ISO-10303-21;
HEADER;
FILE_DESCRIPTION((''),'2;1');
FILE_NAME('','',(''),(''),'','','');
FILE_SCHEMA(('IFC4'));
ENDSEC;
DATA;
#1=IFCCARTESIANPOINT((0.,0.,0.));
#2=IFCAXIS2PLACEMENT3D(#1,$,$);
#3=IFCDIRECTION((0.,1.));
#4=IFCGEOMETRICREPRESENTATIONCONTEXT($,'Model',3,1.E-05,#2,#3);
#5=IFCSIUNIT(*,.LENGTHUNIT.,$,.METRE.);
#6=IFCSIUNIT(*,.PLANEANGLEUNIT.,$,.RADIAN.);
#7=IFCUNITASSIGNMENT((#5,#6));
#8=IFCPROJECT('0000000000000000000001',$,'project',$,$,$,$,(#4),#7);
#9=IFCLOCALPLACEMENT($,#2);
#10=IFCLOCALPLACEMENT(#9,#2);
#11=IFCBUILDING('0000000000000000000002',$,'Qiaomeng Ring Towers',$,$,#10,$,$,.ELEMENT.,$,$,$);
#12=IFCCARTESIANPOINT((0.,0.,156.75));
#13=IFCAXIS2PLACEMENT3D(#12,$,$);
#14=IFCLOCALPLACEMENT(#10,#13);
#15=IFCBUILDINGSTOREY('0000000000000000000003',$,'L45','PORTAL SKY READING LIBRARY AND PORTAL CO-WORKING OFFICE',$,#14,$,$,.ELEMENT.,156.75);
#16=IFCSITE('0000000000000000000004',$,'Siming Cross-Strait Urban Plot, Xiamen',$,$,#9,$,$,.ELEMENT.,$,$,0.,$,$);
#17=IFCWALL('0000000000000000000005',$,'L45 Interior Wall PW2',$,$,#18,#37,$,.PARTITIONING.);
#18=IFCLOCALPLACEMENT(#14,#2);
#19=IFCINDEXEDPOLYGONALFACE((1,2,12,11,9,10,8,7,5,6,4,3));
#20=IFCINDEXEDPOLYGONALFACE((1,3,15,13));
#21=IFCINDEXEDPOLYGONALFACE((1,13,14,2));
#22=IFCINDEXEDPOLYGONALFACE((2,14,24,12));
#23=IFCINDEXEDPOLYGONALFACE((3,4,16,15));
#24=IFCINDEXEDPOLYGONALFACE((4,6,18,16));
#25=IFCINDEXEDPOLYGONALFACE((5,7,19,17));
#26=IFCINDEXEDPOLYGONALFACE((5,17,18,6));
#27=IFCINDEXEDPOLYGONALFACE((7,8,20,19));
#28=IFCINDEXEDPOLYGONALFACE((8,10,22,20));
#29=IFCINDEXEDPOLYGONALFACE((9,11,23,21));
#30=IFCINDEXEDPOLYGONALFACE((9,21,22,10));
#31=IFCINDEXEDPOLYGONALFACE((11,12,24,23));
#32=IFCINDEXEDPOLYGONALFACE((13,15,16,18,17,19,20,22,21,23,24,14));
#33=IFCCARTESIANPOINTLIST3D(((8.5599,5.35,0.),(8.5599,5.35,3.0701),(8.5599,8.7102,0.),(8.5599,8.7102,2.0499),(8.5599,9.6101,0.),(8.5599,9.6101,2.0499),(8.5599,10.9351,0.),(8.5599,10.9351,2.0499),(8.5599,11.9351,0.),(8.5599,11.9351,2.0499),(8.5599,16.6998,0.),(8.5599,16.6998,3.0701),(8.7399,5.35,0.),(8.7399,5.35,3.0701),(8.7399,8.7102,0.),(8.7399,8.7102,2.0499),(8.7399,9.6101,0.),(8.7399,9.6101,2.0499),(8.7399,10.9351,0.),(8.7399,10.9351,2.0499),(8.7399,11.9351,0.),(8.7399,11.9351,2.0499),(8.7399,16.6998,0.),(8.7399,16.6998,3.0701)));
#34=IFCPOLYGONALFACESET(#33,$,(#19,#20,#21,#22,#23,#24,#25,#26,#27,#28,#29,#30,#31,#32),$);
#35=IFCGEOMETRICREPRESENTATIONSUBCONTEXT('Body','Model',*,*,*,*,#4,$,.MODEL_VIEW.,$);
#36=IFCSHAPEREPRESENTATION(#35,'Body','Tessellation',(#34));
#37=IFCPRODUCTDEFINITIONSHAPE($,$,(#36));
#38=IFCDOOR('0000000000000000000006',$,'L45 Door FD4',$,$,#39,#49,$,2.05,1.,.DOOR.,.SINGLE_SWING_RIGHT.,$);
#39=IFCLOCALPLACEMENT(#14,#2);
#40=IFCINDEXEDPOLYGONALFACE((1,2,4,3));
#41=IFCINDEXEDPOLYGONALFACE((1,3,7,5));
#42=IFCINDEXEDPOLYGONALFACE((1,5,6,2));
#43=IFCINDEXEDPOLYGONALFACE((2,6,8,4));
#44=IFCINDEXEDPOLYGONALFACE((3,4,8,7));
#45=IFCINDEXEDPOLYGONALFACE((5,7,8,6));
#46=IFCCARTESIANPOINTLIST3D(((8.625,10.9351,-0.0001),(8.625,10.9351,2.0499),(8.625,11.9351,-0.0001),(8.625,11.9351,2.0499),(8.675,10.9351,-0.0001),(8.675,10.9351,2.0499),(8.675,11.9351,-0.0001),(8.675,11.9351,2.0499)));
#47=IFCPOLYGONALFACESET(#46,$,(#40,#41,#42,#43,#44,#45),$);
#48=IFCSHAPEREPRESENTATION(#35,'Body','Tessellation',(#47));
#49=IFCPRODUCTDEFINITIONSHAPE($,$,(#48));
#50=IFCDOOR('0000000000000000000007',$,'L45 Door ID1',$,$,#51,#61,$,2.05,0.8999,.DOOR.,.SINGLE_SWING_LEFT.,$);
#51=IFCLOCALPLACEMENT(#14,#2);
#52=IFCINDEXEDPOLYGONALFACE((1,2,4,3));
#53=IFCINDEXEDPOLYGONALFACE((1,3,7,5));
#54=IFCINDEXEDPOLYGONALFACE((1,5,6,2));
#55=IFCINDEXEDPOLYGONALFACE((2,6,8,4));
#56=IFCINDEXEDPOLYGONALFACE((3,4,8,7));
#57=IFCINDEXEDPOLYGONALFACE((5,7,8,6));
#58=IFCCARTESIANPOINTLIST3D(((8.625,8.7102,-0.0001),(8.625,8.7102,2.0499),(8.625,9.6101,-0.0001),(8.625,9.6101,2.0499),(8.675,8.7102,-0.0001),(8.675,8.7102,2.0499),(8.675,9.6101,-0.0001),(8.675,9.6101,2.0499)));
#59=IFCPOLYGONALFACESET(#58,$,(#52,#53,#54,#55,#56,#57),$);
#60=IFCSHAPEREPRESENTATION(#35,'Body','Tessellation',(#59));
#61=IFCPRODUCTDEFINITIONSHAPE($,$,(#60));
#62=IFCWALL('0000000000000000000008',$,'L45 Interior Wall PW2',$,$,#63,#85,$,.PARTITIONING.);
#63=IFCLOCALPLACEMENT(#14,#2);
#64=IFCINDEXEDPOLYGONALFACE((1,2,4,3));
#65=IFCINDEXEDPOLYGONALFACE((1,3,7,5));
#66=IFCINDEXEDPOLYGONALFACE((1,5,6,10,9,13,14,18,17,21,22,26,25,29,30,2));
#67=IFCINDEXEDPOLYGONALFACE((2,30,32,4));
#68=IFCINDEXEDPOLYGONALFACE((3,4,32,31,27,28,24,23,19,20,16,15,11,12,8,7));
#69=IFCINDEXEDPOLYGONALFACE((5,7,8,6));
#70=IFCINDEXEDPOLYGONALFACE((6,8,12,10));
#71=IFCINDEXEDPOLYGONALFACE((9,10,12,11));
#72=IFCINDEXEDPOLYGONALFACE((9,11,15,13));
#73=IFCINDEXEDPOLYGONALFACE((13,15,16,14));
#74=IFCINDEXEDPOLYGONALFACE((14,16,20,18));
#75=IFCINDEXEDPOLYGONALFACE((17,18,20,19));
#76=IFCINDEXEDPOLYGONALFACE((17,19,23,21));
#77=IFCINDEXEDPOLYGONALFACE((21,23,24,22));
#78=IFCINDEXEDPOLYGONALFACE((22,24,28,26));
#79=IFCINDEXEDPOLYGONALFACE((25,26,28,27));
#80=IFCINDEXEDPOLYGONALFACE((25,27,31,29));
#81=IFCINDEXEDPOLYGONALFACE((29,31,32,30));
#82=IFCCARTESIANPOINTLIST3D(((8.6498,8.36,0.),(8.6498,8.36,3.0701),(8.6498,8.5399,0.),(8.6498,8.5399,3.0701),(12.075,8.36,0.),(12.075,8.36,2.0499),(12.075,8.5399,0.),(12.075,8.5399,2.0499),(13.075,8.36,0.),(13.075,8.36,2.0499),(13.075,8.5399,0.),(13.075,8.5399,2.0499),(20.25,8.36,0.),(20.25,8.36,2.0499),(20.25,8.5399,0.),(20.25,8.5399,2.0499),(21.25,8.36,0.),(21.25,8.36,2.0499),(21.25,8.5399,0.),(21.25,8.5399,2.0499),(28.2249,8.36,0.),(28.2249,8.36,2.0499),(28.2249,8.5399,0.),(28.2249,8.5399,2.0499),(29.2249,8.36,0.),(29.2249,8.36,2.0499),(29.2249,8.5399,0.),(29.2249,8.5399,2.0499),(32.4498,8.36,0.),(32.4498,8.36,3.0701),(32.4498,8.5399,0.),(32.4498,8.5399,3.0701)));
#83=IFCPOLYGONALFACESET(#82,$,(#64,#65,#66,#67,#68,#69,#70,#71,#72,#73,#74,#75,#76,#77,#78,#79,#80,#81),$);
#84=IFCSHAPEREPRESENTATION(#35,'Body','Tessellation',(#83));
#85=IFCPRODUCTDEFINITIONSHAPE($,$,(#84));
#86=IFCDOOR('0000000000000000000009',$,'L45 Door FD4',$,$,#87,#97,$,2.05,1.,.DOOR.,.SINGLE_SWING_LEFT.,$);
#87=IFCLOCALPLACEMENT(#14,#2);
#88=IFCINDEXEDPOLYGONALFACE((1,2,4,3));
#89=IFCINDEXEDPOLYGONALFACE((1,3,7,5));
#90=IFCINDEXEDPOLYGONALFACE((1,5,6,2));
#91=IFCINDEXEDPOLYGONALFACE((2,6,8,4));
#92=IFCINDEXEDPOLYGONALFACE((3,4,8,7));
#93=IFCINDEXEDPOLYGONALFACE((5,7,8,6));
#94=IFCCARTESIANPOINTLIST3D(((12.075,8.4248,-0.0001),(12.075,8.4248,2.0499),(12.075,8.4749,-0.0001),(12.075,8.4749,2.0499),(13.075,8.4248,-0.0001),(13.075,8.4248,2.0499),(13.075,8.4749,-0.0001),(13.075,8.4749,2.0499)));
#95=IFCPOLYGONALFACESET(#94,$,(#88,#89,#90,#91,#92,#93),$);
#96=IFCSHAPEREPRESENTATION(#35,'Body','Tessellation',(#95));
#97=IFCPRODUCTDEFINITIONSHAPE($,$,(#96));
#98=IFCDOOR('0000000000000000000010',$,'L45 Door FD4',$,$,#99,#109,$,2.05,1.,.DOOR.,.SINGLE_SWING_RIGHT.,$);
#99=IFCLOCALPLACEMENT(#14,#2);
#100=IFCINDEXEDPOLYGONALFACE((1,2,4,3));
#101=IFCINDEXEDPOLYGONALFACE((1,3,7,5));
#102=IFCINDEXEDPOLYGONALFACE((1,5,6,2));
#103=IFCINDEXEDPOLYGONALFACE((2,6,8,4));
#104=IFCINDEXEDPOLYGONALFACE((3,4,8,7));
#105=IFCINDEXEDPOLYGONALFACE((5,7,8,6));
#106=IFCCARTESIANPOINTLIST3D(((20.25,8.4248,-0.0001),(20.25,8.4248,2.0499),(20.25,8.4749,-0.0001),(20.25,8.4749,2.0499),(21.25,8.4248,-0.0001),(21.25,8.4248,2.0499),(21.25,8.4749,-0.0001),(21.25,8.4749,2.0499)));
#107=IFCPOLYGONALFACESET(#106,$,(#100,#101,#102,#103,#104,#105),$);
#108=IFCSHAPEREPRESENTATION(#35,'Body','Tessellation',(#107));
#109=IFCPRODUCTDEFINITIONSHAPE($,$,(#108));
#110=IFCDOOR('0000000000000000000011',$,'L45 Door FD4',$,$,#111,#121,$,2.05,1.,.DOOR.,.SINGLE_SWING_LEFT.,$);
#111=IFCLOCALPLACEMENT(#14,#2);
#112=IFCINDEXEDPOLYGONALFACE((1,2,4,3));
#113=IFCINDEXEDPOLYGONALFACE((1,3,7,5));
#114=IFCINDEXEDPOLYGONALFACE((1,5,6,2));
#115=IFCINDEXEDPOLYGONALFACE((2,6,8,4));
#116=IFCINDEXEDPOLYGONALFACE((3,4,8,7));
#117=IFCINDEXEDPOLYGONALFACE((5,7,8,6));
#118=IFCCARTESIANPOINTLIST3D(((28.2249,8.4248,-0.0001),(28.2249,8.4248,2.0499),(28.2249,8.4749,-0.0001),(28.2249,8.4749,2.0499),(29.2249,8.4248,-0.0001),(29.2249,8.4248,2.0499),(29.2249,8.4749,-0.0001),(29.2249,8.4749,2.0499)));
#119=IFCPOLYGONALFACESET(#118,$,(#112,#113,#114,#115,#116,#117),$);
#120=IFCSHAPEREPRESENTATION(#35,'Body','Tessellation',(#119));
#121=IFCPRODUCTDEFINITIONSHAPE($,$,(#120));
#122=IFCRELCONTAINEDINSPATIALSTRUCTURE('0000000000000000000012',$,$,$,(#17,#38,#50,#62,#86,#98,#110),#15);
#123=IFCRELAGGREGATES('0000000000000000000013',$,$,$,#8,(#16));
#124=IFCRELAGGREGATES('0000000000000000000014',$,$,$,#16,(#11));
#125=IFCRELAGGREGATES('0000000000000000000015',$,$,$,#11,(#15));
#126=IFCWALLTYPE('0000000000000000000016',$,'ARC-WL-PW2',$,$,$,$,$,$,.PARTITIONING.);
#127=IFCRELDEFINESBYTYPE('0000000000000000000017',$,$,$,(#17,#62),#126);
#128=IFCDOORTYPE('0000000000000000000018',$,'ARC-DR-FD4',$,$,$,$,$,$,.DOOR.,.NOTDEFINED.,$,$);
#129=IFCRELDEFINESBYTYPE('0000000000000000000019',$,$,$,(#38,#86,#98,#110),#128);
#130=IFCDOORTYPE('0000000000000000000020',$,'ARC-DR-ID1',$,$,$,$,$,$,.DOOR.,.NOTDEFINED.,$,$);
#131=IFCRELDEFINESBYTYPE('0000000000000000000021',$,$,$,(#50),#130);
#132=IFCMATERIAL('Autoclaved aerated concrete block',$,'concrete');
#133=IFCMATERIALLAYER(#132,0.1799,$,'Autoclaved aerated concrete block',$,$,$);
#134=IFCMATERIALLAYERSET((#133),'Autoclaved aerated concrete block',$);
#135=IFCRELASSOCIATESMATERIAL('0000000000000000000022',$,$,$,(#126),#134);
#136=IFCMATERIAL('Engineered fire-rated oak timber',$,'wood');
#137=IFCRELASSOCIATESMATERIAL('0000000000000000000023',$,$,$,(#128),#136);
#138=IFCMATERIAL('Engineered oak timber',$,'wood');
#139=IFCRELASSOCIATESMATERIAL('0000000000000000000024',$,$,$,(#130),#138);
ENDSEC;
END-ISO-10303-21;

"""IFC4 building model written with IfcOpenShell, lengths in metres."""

from ifc_helpers import new_model, si_unit, direction, frame, frame_2d, origin, place, context, subcontext, project, spatial, rectangle, extrude, source, transform, mapped, material, layer, layer_set, type_object, element, fill, save


model = new_model("IFC4")

# Units and contexts
model_context = context("Model", 3, precision=1e-05, world=origin(), true_north=direction((0.0, 1.0)))
body_context = subcontext(model_context, "Body", "Model", "MODEL_VIEW")
ifc_project = project(units=[si_unit("LENGTHUNIT", "METRE"), si_unit("PLANEANGLEUNIT", "RADIAN")], contexts=[model_context])

# Site, building, storey
site_placement = place(None, origin())
site = spatial("IfcSite", under=ifc_project, at=site_placement, Name="Siming Cross-Strait Urban Plot, Xiamen", CompositionType="ELEMENT", RefElevation=0.0)
building_placement = place(site_placement, origin())
building = spatial("IfcBuilding", under=site, at=building_placement, Name="Qiaomeng Ring Towers", CompositionType="ELEMENT")
storey_placement = place(building_placement, frame((0.0, 0.0, 156.75)))
storey = spatial("IfcBuildingStorey", under=building, at=storey_placement, Name="L45", Description="PORTAL SKY READING LIBRARY AND PORTAL CO-WORKING OFFICE", CompositionType="ELEMENT", Elevation=156.75)

# Walls, openings, doors
ifc_material_1 = material(Name="Autoclaved aerated concrete block", Category="concrete")
ifc_layer_1 = layer(ifc_material_1, 0.1799, Name="Autoclaved aerated concrete block")
ifc_layer_set_1 = layer_set([ifc_layer_1], Name="Autoclaved aerated concrete block")
wall_type_1 = type_object("IfcWallType", Name="ARC-WL-PW2", PredefinedType="PARTITIONING", material=ifc_layer_set_1)
wall_1_placement = place(storey_placement, frame((8.6499, 5.3501, 0.0), z_axis=(0.0, 0.0, 1.0), x_axis=(0.0, 1.0, 0.0)))
wall_1 = element("IfcWall", 1, at=wall_1_placement, inside=storey, type_object=wall_type_1, Name="L45 Interior Wall PW2", PredefinedType="PARTITIONING", context=body_context, shape_type="SweptSolid", body=[
    extrude(rectangle(XDim=11.3499, YDim=0.1799, at=frame_2d((5.6748, 0.0))), origin(), (0.0, 0.0, 1.0), 3.0701),
])
opening_1_placement = place(wall_1_placement, frame((3.3601, 0.0, 0.0)))
opening_1 = element("IfcOpeningElement", 2, at=opening_1_placement, cuts=wall_1, PredefinedType="OPENING", context=body_context, shape_type="SweptSolid", body=[
    extrude(rectangle(XDim=0.8999, YDim=2.05, at=frame_2d((0.45, 1.0249))), frame((0.0, 0.0999, 0.0), z_axis=(0.0, -1.0, 0.0), x_axis=(1.0, 0.0, 0.0)), (0.0, 0.0, 1.0), 0.2),
])
opening_2_placement = place(wall_1_placement, frame((5.585, 0.0, 0.0)))
opening_2 = element("IfcOpeningElement", 3, at=opening_2_placement, cuts=wall_1, PredefinedType="OPENING", context=body_context, shape_type="SweptSolid", body=[
    extrude(rectangle(XDim=1.0, YDim=2.05, at=frame_2d((0.5, 1.0249))), frame((0.0, 0.0999, 0.0), z_axis=(0.0, -1.0, 0.0), x_axis=(1.0, 0.0, 0.0)), (0.0, 0.0, 1.0), 0.2),
])
ifc_material_2 = material(Name="Engineered fire-rated oak timber", Category="wood")
door_type_1 = type_object("IfcDoorType", Name="ARC-DR-FD4", OperationType="NOTDEFINED", PredefinedType="DOOR", material=ifc_material_2)
shared_shape_1 = source(origin(), body_context, "Body", "SweptSolid", [
    extrude(rectangle(XDim=1.0, YDim=2.05, at=frame_2d((0.5, 1.0249))), frame((0.0, 0.0249, 0.0), z_axis=(0.0, -1.0, 0.0), x_axis=(1.0, 0.0, 0.0)), (0.0, 0.0, 1.0), 0.05),
])
door_1_placement = place(opening_2_placement, origin())
door_1 = element("IfcDoor", 4, at=door_1_placement, inside=storey, type_object=door_type_1, Name="L45 Door FD4", OperationType="SINGLE_SWING_RIGHT", OverallHeight=2.05, OverallWidth=1.0, PredefinedType="DOOR", context=body_context, shape_type="MappedRepresentation", body=[
    mapped(shared_shape_1, transform((0.0, 0.0, 0.0), x_axis=(1.0, 0.0, 0.0), y_axis=(0.0, 1.0, 0.0), z_axis=(0.0, 0.0, 1.0), scale=1.0)),
])
fill(opening_2, door_1)
ifc_material_3 = material(Name="Engineered oak timber", Category="wood")
door_type_2 = type_object("IfcDoorType", Name="ARC-DR-ID1", OperationType="NOTDEFINED", PredefinedType="DOOR", material=ifc_material_3)
shared_shape_2 = source(origin(), body_context, "Body", "SweptSolid", [
    extrude(rectangle(XDim=0.8999, YDim=2.05, at=frame_2d((0.45, 1.0249))), frame((0.0, 0.0249, 0.0), z_axis=(0.0, -1.0, 0.0), x_axis=(1.0, 0.0, 0.0)), (0.0, 0.0, 1.0), 0.05),
])
door_2_placement = place(opening_1_placement, origin())
door_2 = element("IfcDoor", 5, at=door_2_placement, inside=storey, type_object=door_type_2, Name="L45 Door ID1", OperationType="SINGLE_SWING_LEFT", OverallHeight=2.05, OverallWidth=0.8999, PredefinedType="DOOR", context=body_context, shape_type="MappedRepresentation", body=[
    mapped(shared_shape_2, transform((0.0, 0.0, 0.0), x_axis=(1.0, 0.0, 0.0), y_axis=(0.0, 1.0, 0.0), z_axis=(0.0, 0.0, 1.0), scale=1.0)),
])
fill(opening_1, door_2)
wall_2_placement = place(storey_placement, frame((8.6499, 8.45, 0.0), z_axis=(0.0, 0.0, 1.0), x_axis=(1.0, 0.0, 0.0)))
wall_2 = element("IfcWall", 6, at=wall_2_placement, inside=storey, type_object=wall_type_1, Name="L45 Interior Wall PW2", PredefinedType="PARTITIONING", context=body_context, shape_type="SweptSolid", body=[
    extrude(rectangle(XDim=23.8, YDim=0.1799, at=frame_2d((11.8999, 0.0))), origin(), (0.0, 0.0, 1.0), 3.0701),
])
opening_3_placement = place(wall_2_placement, frame((3.425, 0.0, 0.0)))
opening_3 = element("IfcOpeningElement", 7, at=opening_3_placement, cuts=wall_2, PredefinedType="OPENING", context=body_context, shape_type="SweptSolid", body=[
    extrude(rectangle(XDim=1.0, YDim=2.05, at=frame_2d((0.5, 1.0249))), frame((0.0, 0.0999, 0.0), z_axis=(0.0, -1.0, 0.0), x_axis=(1.0, 0.0, 0.0)), (0.0, 0.0, 1.0), 0.2),
])
opening_4_placement = place(wall_2_placement, frame((11.6001, 0.0, 0.0)))
opening_4 = element("IfcOpeningElement", 8, at=opening_4_placement, cuts=wall_2, PredefinedType="OPENING", context=body_context, shape_type="SweptSolid", body=[
    extrude(rectangle(XDim=1.0, YDim=2.05, at=frame_2d((0.5, 1.0249))), frame((0.0, 0.0999, 0.0), z_axis=(0.0, -1.0, 0.0), x_axis=(1.0, 0.0, 0.0)), (0.0, 0.0, 1.0), 0.2),
])
opening_5_placement = place(wall_2_placement, frame((19.575, 0.0, 0.0)))
opening_5 = element("IfcOpeningElement", 9, at=opening_5_placement, cuts=wall_2, PredefinedType="OPENING", context=body_context, shape_type="SweptSolid", body=[
    extrude(rectangle(XDim=1.0, YDim=2.05, at=frame_2d((0.5, 1.0249))), frame((0.0, 0.0999, 0.0), z_axis=(0.0, -1.0, 0.0), x_axis=(1.0, 0.0, 0.0)), (0.0, 0.0, 1.0), 0.2),
])
door_3_placement = place(opening_3_placement, origin())
door_3 = element("IfcDoor", 10, at=door_3_placement, inside=storey, type_object=door_type_1, Name="L45 Door FD4", OperationType="SINGLE_SWING_LEFT", OverallHeight=2.05, OverallWidth=1.0, PredefinedType="DOOR", context=body_context, shape_type="MappedRepresentation", body=[
    mapped(shared_shape_1, transform((0.0, 0.0, 0.0), x_axis=(1.0, 0.0, 0.0), y_axis=(0.0, 1.0, 0.0), z_axis=(0.0, 0.0, 1.0), scale=1.0)),
])
fill(opening_3, door_3)
door_4_placement = place(opening_4_placement, origin())
door_4 = element("IfcDoor", 11, at=door_4_placement, inside=storey, type_object=door_type_1, Name="L45 Door FD4", OperationType="SINGLE_SWING_RIGHT", OverallHeight=2.05, OverallWidth=1.0, PredefinedType="DOOR", context=body_context, shape_type="MappedRepresentation", body=[
    mapped(shared_shape_1, transform((0.0, 0.0, 0.0), x_axis=(1.0, 0.0, 0.0), y_axis=(0.0, 1.0, 0.0), z_axis=(0.0, 0.0, 1.0), scale=1.0)),
])
fill(opening_4, door_4)
door_5_placement = place(opening_5_placement, origin())
door_5 = element("IfcDoor", 12, at=door_5_placement, inside=storey, type_object=door_type_1, Name="L45 Door FD4", OperationType="SINGLE_SWING_LEFT", OverallHeight=2.05, OverallWidth=1.0, PredefinedType="DOOR", context=body_context, shape_type="MappedRepresentation", body=[
    mapped(shared_shape_1, transform((0.0, 0.0, 0.0), x_axis=(1.0, 0.0, 0.0), y_axis=(0.0, 1.0, 0.0), z_axis=(0.0, 0.0, 1.0), scale=1.0)),
])
fill(opening_5, door_5)

save(model, "model.ifc")
